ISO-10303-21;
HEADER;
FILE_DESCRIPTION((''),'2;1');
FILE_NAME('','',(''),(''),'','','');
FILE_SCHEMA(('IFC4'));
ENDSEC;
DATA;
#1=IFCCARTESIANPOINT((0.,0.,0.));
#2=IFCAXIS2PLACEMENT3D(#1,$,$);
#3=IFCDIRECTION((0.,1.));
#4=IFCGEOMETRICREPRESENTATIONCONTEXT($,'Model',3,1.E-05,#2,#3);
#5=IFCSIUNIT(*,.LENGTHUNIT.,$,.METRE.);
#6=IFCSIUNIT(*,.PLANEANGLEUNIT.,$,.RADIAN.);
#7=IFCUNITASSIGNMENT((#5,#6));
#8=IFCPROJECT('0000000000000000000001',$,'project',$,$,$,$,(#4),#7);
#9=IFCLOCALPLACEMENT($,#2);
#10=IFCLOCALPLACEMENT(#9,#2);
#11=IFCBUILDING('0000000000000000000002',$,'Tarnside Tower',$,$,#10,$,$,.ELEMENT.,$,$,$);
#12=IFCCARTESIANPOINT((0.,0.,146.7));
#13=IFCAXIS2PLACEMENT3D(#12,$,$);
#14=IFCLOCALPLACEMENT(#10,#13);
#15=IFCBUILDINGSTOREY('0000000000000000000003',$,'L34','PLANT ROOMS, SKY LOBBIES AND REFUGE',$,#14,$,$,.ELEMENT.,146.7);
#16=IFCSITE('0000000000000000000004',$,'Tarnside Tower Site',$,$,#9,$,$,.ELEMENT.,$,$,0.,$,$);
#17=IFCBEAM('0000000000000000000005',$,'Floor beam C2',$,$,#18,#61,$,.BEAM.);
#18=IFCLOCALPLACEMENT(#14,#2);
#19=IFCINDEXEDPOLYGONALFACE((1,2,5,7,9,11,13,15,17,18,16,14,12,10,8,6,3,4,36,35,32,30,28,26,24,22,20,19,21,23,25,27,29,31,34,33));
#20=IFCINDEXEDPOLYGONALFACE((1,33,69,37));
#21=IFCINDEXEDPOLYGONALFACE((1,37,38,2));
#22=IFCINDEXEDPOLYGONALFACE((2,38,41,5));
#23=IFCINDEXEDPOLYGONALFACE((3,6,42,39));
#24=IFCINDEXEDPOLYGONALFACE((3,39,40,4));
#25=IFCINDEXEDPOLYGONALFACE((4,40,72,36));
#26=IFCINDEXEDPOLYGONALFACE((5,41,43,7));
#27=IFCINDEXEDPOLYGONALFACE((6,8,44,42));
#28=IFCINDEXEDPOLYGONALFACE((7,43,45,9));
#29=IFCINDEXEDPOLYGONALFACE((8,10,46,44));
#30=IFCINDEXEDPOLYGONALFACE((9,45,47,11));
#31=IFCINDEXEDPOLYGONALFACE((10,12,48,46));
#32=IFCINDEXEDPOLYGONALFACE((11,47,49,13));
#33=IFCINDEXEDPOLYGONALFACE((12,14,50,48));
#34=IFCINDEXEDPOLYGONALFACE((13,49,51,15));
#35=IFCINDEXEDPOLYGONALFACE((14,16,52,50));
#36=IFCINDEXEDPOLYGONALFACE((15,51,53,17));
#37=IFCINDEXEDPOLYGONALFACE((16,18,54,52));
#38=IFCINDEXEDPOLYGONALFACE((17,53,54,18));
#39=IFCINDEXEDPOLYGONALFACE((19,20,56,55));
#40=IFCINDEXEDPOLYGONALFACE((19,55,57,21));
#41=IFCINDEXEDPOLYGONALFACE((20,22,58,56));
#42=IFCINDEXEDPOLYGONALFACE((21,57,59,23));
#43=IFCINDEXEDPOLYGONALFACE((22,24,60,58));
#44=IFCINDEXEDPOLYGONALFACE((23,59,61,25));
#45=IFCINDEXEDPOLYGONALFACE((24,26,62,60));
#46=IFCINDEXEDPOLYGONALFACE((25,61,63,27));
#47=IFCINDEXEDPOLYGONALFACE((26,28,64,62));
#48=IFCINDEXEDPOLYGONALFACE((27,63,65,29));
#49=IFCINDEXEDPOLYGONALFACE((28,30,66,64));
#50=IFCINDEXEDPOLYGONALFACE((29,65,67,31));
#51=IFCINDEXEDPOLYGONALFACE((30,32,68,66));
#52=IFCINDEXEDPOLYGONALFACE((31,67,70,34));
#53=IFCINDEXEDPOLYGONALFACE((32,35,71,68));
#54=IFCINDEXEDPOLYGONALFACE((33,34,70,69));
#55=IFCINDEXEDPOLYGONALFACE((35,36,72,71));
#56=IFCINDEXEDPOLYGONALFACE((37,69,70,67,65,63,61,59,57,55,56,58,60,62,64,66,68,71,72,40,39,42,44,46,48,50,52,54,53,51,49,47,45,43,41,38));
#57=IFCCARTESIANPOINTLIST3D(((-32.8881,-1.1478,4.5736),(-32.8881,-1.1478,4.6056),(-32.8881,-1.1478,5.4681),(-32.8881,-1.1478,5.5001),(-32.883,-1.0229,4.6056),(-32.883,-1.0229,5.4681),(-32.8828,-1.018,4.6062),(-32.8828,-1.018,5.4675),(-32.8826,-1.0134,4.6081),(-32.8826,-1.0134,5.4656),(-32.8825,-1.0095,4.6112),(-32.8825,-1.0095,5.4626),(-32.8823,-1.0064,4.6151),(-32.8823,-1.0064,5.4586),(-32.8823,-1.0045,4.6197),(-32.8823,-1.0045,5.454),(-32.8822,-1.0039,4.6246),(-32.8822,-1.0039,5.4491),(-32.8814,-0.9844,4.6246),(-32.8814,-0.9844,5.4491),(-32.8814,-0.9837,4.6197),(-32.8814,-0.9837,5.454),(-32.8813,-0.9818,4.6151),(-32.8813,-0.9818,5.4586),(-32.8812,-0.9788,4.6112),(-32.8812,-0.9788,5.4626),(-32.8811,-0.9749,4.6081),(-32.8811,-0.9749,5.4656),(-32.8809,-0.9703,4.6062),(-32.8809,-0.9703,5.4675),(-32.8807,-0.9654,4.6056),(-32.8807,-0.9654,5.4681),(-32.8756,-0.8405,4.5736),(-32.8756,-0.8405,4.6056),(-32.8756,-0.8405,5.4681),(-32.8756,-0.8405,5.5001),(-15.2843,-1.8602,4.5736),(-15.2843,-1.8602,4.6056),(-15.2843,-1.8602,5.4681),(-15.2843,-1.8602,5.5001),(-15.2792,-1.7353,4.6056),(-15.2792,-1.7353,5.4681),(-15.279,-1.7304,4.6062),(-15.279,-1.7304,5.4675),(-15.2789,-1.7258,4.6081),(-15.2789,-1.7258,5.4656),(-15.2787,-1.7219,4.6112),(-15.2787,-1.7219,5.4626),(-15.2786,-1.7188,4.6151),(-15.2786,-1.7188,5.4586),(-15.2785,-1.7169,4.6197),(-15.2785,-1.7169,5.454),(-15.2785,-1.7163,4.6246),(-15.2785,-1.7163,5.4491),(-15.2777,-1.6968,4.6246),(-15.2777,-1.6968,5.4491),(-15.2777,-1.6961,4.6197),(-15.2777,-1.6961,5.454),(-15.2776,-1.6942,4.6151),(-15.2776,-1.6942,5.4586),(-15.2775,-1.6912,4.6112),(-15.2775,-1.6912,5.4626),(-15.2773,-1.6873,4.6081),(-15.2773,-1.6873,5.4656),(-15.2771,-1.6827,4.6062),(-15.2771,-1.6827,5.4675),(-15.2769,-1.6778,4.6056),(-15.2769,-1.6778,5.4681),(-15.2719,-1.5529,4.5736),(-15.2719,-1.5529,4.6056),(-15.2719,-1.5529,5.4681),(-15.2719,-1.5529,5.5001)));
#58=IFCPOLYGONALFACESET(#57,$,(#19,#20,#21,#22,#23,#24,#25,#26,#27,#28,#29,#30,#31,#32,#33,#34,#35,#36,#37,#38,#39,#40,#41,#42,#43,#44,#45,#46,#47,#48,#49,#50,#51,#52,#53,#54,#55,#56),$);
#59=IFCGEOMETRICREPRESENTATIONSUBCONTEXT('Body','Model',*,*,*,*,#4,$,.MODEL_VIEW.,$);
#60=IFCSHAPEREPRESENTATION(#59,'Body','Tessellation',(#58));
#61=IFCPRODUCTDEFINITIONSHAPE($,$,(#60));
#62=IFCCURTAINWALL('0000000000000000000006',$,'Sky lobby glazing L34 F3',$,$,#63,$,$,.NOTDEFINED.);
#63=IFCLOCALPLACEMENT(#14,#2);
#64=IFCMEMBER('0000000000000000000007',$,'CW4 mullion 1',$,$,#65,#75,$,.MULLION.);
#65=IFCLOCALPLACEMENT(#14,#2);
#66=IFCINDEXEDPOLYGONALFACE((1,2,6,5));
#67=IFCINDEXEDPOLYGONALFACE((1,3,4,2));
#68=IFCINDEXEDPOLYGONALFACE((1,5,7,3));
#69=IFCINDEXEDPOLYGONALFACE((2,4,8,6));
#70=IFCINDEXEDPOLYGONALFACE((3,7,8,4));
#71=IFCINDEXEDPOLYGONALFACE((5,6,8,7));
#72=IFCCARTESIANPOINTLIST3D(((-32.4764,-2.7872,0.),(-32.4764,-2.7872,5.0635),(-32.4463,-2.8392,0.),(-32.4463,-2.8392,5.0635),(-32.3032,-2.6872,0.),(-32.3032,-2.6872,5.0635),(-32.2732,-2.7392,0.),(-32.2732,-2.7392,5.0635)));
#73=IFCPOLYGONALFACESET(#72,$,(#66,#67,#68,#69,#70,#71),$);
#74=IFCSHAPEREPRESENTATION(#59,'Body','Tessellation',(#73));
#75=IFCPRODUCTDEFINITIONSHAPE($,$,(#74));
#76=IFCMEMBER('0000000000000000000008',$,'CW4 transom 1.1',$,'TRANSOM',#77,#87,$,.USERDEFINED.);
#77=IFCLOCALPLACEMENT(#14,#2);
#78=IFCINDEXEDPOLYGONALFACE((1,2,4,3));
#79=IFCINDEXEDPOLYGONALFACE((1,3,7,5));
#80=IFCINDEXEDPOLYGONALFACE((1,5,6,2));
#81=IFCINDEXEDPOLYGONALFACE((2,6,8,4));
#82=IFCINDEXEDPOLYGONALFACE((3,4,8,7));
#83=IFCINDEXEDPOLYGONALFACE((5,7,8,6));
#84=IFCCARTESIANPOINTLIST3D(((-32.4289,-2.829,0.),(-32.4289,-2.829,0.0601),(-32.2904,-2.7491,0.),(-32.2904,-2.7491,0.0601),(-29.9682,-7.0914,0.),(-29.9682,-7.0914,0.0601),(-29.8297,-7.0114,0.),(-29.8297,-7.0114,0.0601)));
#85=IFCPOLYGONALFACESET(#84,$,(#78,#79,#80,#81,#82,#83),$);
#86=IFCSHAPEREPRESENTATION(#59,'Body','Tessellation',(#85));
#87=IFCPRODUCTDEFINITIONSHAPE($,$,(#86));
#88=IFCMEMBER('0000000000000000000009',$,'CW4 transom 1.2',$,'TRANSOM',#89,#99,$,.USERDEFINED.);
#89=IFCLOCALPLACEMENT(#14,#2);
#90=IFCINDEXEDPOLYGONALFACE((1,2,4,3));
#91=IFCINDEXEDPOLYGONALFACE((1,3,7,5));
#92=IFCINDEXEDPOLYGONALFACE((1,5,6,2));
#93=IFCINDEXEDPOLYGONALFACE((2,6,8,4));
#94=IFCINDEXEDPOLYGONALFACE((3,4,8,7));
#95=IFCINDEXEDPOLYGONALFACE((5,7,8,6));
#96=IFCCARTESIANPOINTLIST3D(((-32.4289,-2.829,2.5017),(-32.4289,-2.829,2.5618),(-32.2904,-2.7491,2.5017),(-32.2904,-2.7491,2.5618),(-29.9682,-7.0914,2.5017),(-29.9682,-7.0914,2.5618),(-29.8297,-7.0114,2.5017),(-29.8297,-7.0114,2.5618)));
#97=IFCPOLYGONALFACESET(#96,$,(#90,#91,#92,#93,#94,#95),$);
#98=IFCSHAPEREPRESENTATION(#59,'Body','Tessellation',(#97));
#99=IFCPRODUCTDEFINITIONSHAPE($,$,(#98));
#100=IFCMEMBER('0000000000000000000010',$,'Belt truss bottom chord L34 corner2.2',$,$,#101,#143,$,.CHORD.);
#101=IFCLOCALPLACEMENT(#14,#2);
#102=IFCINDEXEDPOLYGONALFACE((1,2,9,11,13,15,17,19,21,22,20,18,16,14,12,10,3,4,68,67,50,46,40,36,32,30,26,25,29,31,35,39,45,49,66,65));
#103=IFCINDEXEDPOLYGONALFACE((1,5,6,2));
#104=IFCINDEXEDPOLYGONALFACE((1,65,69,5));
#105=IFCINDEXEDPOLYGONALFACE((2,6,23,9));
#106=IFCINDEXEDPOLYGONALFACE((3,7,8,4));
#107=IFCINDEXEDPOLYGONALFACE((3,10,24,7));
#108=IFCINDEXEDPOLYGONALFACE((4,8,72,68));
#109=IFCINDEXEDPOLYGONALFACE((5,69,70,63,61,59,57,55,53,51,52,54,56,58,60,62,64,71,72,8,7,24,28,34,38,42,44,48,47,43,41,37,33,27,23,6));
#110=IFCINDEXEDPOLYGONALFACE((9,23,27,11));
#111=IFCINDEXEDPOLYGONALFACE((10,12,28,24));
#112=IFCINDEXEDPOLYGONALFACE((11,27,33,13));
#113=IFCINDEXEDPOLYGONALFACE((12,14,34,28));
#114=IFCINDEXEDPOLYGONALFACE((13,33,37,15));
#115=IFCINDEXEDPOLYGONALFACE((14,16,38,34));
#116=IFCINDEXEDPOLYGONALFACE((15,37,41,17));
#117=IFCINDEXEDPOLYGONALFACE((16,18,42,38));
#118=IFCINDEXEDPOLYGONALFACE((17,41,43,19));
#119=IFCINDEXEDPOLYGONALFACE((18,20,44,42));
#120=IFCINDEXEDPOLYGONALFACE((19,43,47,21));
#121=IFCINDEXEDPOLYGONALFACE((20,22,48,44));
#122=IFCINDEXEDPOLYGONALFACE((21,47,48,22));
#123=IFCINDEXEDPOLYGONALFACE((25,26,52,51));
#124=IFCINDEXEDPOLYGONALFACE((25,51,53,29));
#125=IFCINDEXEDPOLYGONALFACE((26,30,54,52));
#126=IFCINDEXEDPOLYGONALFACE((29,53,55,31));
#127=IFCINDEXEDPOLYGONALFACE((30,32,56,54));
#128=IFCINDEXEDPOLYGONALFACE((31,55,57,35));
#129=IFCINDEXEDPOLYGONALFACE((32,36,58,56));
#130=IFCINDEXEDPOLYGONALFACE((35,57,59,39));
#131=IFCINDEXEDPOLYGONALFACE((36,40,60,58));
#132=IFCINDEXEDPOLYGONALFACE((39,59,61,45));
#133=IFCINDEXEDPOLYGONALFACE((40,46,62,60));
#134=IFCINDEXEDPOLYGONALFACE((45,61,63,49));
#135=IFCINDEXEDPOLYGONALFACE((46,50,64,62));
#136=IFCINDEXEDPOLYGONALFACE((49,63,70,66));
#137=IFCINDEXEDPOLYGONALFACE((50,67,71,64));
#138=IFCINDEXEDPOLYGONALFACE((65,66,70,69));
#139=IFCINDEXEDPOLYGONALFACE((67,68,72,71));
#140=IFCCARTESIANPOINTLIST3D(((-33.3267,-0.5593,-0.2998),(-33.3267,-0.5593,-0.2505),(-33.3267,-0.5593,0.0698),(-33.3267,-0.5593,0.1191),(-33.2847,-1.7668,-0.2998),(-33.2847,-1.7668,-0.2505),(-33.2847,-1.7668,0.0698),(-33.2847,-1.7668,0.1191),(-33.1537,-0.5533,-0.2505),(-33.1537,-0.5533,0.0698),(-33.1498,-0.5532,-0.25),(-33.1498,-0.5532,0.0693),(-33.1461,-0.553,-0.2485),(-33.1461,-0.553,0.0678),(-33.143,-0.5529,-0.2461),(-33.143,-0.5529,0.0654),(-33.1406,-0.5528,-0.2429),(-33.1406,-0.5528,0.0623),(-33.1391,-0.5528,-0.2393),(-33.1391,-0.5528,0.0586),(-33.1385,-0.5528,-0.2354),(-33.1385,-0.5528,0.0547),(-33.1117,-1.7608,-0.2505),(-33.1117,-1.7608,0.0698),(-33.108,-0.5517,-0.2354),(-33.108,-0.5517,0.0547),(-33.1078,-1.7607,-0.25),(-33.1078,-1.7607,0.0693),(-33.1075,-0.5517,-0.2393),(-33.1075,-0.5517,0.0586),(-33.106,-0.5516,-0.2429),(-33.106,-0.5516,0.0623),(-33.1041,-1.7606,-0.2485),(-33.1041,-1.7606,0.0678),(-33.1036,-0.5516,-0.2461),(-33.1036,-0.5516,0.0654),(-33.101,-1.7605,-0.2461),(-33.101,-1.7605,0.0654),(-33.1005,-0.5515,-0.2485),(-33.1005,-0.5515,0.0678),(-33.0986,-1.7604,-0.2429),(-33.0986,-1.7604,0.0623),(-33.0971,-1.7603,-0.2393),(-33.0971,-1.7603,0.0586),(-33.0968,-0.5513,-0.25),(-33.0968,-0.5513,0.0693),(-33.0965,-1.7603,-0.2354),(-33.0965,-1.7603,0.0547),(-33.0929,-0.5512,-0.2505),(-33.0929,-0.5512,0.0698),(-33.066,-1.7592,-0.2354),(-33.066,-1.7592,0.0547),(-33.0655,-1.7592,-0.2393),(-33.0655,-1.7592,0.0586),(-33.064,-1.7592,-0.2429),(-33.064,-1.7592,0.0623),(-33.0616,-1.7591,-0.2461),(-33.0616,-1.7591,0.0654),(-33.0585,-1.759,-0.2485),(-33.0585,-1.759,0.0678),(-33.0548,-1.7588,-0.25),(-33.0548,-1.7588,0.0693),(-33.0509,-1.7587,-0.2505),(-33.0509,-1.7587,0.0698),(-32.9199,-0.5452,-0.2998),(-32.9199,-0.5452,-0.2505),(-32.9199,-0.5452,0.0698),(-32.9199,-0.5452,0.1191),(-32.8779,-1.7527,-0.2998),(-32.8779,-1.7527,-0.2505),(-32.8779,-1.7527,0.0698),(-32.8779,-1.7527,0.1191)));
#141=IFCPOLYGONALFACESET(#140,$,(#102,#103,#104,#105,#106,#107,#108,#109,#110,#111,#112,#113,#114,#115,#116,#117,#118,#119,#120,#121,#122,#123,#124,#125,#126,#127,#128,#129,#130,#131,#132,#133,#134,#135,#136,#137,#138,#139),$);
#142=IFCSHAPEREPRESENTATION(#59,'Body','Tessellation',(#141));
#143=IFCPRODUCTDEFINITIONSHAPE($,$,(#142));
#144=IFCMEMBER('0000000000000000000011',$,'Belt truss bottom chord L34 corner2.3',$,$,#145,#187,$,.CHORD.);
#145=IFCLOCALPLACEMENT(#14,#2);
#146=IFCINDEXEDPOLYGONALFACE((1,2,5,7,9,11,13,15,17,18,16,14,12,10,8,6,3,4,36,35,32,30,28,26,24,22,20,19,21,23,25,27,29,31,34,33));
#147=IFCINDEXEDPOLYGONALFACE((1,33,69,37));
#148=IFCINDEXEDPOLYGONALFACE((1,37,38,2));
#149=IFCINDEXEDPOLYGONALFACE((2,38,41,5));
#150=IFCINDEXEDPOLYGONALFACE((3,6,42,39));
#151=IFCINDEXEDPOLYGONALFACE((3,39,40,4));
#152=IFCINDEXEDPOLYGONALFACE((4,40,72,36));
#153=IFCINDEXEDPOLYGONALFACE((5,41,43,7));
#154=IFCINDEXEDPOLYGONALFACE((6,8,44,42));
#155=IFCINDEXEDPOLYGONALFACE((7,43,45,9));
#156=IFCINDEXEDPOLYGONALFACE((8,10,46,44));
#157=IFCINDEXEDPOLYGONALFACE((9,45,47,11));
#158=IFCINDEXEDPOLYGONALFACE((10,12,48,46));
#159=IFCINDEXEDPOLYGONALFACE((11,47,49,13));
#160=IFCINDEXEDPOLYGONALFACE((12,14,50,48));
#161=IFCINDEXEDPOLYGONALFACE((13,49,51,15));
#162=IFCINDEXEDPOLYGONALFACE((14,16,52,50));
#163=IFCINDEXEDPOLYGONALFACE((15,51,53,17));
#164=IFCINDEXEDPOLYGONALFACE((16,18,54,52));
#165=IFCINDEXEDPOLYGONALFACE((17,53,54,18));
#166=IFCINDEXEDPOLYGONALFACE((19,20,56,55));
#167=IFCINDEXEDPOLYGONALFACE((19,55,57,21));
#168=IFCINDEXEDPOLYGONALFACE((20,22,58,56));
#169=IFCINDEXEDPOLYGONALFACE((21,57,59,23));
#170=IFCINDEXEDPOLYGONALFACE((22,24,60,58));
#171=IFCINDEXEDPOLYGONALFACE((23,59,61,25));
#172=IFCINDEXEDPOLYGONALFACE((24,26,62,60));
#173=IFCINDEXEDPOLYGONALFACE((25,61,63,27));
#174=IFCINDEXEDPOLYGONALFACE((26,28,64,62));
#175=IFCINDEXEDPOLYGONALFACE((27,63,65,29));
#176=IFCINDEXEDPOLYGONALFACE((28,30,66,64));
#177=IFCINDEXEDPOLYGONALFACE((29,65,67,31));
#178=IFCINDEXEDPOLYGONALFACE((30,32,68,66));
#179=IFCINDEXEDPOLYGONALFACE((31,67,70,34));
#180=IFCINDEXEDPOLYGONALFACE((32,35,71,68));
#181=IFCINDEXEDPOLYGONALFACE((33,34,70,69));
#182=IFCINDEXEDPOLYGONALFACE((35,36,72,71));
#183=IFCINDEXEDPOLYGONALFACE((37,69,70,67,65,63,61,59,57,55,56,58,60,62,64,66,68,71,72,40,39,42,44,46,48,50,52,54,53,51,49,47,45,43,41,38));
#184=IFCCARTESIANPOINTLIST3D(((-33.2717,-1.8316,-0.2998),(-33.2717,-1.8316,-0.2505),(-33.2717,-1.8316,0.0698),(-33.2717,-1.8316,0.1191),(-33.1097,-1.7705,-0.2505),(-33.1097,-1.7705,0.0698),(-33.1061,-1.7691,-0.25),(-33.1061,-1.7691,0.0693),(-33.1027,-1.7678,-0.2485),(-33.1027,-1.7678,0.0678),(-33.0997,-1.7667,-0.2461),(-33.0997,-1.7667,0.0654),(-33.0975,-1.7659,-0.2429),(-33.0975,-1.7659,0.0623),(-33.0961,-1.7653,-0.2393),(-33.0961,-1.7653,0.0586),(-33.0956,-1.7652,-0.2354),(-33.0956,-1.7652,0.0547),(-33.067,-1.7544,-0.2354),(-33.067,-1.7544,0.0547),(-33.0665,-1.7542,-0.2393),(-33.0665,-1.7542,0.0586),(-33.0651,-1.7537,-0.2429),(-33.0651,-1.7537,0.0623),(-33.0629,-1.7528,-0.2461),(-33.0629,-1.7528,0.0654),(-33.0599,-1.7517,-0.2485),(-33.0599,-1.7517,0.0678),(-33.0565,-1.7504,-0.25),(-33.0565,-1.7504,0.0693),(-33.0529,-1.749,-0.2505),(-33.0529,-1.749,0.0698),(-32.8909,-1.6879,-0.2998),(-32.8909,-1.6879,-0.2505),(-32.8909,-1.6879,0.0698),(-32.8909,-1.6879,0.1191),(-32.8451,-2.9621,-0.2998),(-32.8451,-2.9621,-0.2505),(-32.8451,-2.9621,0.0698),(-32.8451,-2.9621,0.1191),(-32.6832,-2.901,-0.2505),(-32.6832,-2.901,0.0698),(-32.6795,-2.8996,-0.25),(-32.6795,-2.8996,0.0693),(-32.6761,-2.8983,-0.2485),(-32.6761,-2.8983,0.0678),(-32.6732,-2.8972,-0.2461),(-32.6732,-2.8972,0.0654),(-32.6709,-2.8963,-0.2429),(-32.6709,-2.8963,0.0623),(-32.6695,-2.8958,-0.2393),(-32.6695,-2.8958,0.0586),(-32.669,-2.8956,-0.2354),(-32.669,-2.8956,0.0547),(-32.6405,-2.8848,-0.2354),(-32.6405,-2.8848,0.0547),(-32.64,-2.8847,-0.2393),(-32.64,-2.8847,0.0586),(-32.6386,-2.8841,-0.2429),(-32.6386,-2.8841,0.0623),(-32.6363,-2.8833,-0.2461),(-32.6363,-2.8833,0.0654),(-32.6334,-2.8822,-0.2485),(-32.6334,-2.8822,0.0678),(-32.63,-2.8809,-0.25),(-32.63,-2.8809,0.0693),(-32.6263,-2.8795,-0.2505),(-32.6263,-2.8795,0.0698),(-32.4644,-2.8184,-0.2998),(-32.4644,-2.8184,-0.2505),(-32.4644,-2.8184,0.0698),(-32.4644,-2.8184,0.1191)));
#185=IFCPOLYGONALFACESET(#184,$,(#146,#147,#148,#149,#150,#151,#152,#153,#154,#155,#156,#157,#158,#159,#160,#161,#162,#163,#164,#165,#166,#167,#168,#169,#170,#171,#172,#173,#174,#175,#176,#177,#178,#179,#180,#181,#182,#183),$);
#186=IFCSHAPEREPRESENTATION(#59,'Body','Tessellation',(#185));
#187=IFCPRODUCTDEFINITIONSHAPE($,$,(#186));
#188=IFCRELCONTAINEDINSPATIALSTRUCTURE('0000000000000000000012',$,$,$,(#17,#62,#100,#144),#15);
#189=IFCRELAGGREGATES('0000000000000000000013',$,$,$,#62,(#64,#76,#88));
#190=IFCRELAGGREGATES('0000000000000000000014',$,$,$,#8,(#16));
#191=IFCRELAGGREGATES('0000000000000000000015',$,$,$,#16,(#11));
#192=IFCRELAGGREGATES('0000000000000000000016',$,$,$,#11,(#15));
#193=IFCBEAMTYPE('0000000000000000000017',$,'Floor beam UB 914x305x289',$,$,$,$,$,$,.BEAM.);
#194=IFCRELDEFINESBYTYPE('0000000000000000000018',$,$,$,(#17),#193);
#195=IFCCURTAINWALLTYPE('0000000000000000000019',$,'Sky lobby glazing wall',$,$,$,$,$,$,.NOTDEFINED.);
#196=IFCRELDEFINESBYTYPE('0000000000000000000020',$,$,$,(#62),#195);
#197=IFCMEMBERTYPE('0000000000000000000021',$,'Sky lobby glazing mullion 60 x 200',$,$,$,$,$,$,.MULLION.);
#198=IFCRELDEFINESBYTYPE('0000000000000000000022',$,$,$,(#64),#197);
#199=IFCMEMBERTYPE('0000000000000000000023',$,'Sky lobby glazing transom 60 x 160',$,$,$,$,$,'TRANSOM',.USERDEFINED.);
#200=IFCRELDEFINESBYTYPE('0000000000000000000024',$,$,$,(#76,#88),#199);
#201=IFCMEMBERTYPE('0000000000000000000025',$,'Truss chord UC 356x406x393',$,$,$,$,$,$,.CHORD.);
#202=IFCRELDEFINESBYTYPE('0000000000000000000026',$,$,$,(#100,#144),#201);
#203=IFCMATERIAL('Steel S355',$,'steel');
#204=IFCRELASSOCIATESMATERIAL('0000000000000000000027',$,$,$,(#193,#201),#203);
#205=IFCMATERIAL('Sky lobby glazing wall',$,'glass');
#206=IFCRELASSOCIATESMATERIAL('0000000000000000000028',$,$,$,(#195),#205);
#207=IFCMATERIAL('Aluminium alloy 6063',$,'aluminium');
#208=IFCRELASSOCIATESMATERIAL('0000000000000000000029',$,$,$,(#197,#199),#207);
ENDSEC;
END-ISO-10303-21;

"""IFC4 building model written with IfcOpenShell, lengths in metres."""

from ifc_helpers import new_model, si_unit, direction, frame, origin, origin_2d, place, context, subcontext, project, spatial, rectangle, i_section, extrude, material, material_profile, profile_set, type_object, element, aggregate, save


model = new_model("IFC4")

# Units and contexts
model_context = context("Model", 3, precision=1e-05, world=origin(), true_north=direction((0.0, 1.0)))
body_context = subcontext(model_context, "Body", "Model", "MODEL_VIEW")
ifc_project = project(units=[si_unit("LENGTHUNIT", "METRE"), si_unit("PLANEANGLEUNIT", "RADIAN")], contexts=[model_context])

# Site, building, storey
site_placement = place(None, origin())
site = spatial("IfcSite", under=ifc_project, at=site_placement, Name="Tarnside Tower Site", CompositionType="ELEMENT", RefElevation=0.0)
building_placement = place(site_placement, origin())
building = spatial("IfcBuilding", under=site, at=building_placement, Name="Tarnside Tower", CompositionType="ELEMENT")
storey_placement = place(building_placement, frame((0.0, 0.0, 146.7)))
storey = spatial("IfcBuildingStorey", under=building, at=storey_placement, Name="L34", Description="PLANT ROOMS, SKY LOBBIES AND REFUGE", CompositionType="ELEMENT", Elevation=146.7)

# Beam
ifc_material_1 = material(Name="Steel S355", Category="steel")
ifc_material_profile_1 = material_profile(ifc_material_1, i_section(OverallWidth=0.3076, OverallDepth=0.9265, WebThickness=0.0195, FlangeThickness=0.032, FilletRadius=0.019, at=origin_2d()), Name="UB 914x305x289")
ifc_profile_set_1 = profile_set([ifc_material_profile_1], Name="Steel S355")
beam_type = type_object("IfcBeamType", Name="Floor beam UB 914x305x289", PredefinedType="BEAM", material=ifc_profile_set_1)
beam_placement = place(storey_placement, frame((-32.8818, -0.9941, 5.0369), z_axis=(0.999182, -0.040436, 0.0), x_axis=(0.040436, 0.999182, 0.0)))
element("IfcBeam", 1, at=beam_placement, inside=storey, type_object=beam_type, Name="Floor beam C2", PredefinedType="BEAM", context=body_context, shape_type="SweptSolid", body=[
    extrude(i_section(OverallWidth=0.3076, OverallDepth=0.9265, WebThickness=0.0195, FlangeThickness=0.032, FilletRadius=0.019, at=origin_2d()), origin(), (0.0, 0.0, 1.0), 17.6182),
])

# Curtain wall, members
ifc_material_2 = material(Name="Sky lobby glazing wall", Category="glass")
curtain_wall_type = type_object("IfcCurtainWallType", Name="Sky lobby glazing wall", PredefinedType="NOTDEFINED", material=ifc_material_2)
curtain_wall_placement = place(storey_placement, origin())
curtain_wall = element("IfcCurtainWall", 2, at=curtain_wall_placement, inside=storey, type_object=curtain_wall_type, Name="Sky lobby glazing L34 F3", PredefinedType="NOTDEFINED")
ifc_material_3 = material(Name="Aluminium alloy 6063", Category="aluminium")
ifc_material_profile_2 = material_profile(ifc_material_3, rectangle(XDim=0.2, YDim=0.0601, at=origin_2d()), Name="Sky lobby glazing mullion 60 x 200")
ifc_profile_set_2 = profile_set([ifc_material_profile_2], Name="Aluminium alloy 6063")
member_type_1 = type_object("IfcMemberType", Name="Sky lobby glazing mullion 60 x 200", PredefinedType="MULLION", material=ifc_profile_set_2)
member_1_placement = place(storey_placement, frame((-32.3748, -2.7632, 0.0), z_axis=(0.0, 0.0, 1.0), x_axis=(0.866025, 0.5, 0.0)))
member_1 = element("IfcMember", 3, at=member_1_placement, type_object=member_type_1, Name="CW4 mullion 1", PredefinedType="MULLION", context=body_context, shape_type="SweptSolid", body=[
    extrude(rectangle(XDim=0.2, YDim=0.0601, at=origin_2d()), origin(), (0.0, 0.0, 1.0), 5.0635),
])
ifc_material_profile_3 = material_profile(ifc_material_3, rectangle(XDim=0.1599, YDim=0.0601, at=origin_2d()), Name="Sky lobby glazing transom 60 x 160")
ifc_profile_set_3 = profile_set([ifc_material_profile_3], Name="Aluminium alloy 6063")
member_type_2 = type_object("IfcMemberType", Name="Sky lobby glazing transom 60 x 160", ElementType="TRANSOM", PredefinedType="USERDEFINED", material=ifc_profile_set_3)
member_2_placement = place(storey_placement, frame((-32.3596, -2.7891, 0.03), z_axis=(0.499964, -0.866046, 0.0), x_axis=(0.866046, 0.499964, 0.0)))
member_2 = element("IfcMember", 4, at=member_2_placement, type_object=member_type_2, Name="CW4 transom 1.1", ObjectType="TRANSOM", PredefinedType="USERDEFINED", context=body_context, shape_type="SweptSolid", body=[
    extrude(rectangle(XDim=0.1599, YDim=0.0601, at=origin_2d()), origin(), (0.0, 0.0, 1.0), 4.9216),
])
member_3_placement = place(storey_placement, frame((-32.3596, -2.7891, 2.5317), z_axis=(0.499964, -0.866046, 0.0), x_axis=(0.866046, 0.499964, 0.0)))
member_3 = element("IfcMember", 5, at=member_3_placement, type_object=member_type_2, Name="CW4 transom 1.2", ObjectType="TRANSOM", PredefinedType="USERDEFINED", context=body_context, shape_type="SweptSolid", body=[
    extrude(rectangle(XDim=0.1599, YDim=0.0601, at=origin_2d()), origin(), (0.0, 0.0, 1.0), 4.9216),
])
aggregate(curtain_wall, [member_1, member_2, member_3])

# Members
ifc_material_profile_4 = material_profile(ifc_material_1, i_section(OverallWidth=0.407, OverallDepth=0.4189, WebThickness=0.0305, FlangeThickness=0.0493, FilletRadius=0.0151, at=origin_2d()), Name="UC 356x406x393")
ifc_profile_set_4 = profile_set([ifc_material_profile_4], Name="Steel S355")
member_type_3 = type_object("IfcMemberType", Name="Truss chord UC 356x406x393", PredefinedType="CHORD", material=ifc_profile_set_4)
for number, where, z_axis, x_axis, name in (
    (6, (-33.1233, -0.5522, -0.0903), (0.034755, -0.999396, 0.0), (0.999396, 0.034755, 0.0), "Belt truss bottom chord L34 corner2.2"),
    (7, (-33.0813, -1.7598, -0.0903), (0.353027, -0.935613, 0.0), (0.935613, 0.353027, 0.0), "Belt truss bottom chord L34 corner2.3"),
):
    element("IfcMember", number, at=place(storey_placement, frame(where, z_axis=z_axis, x_axis=x_axis)), inside=storey, type_object=member_type_3, Name=name, PredefinedType="CHORD", context=body_context, shape_type="SweptSolid", body=[
        extrude(i_section(OverallWidth=0.407, OverallDepth=0.4189, WebThickness=0.0305, FlangeThickness=0.0493, FilletRadius=0.0151, at=origin_2d()), origin(), (0.0, 0.0, 1.0), 1.2083),
    ])

save(model, "model.ifc")
